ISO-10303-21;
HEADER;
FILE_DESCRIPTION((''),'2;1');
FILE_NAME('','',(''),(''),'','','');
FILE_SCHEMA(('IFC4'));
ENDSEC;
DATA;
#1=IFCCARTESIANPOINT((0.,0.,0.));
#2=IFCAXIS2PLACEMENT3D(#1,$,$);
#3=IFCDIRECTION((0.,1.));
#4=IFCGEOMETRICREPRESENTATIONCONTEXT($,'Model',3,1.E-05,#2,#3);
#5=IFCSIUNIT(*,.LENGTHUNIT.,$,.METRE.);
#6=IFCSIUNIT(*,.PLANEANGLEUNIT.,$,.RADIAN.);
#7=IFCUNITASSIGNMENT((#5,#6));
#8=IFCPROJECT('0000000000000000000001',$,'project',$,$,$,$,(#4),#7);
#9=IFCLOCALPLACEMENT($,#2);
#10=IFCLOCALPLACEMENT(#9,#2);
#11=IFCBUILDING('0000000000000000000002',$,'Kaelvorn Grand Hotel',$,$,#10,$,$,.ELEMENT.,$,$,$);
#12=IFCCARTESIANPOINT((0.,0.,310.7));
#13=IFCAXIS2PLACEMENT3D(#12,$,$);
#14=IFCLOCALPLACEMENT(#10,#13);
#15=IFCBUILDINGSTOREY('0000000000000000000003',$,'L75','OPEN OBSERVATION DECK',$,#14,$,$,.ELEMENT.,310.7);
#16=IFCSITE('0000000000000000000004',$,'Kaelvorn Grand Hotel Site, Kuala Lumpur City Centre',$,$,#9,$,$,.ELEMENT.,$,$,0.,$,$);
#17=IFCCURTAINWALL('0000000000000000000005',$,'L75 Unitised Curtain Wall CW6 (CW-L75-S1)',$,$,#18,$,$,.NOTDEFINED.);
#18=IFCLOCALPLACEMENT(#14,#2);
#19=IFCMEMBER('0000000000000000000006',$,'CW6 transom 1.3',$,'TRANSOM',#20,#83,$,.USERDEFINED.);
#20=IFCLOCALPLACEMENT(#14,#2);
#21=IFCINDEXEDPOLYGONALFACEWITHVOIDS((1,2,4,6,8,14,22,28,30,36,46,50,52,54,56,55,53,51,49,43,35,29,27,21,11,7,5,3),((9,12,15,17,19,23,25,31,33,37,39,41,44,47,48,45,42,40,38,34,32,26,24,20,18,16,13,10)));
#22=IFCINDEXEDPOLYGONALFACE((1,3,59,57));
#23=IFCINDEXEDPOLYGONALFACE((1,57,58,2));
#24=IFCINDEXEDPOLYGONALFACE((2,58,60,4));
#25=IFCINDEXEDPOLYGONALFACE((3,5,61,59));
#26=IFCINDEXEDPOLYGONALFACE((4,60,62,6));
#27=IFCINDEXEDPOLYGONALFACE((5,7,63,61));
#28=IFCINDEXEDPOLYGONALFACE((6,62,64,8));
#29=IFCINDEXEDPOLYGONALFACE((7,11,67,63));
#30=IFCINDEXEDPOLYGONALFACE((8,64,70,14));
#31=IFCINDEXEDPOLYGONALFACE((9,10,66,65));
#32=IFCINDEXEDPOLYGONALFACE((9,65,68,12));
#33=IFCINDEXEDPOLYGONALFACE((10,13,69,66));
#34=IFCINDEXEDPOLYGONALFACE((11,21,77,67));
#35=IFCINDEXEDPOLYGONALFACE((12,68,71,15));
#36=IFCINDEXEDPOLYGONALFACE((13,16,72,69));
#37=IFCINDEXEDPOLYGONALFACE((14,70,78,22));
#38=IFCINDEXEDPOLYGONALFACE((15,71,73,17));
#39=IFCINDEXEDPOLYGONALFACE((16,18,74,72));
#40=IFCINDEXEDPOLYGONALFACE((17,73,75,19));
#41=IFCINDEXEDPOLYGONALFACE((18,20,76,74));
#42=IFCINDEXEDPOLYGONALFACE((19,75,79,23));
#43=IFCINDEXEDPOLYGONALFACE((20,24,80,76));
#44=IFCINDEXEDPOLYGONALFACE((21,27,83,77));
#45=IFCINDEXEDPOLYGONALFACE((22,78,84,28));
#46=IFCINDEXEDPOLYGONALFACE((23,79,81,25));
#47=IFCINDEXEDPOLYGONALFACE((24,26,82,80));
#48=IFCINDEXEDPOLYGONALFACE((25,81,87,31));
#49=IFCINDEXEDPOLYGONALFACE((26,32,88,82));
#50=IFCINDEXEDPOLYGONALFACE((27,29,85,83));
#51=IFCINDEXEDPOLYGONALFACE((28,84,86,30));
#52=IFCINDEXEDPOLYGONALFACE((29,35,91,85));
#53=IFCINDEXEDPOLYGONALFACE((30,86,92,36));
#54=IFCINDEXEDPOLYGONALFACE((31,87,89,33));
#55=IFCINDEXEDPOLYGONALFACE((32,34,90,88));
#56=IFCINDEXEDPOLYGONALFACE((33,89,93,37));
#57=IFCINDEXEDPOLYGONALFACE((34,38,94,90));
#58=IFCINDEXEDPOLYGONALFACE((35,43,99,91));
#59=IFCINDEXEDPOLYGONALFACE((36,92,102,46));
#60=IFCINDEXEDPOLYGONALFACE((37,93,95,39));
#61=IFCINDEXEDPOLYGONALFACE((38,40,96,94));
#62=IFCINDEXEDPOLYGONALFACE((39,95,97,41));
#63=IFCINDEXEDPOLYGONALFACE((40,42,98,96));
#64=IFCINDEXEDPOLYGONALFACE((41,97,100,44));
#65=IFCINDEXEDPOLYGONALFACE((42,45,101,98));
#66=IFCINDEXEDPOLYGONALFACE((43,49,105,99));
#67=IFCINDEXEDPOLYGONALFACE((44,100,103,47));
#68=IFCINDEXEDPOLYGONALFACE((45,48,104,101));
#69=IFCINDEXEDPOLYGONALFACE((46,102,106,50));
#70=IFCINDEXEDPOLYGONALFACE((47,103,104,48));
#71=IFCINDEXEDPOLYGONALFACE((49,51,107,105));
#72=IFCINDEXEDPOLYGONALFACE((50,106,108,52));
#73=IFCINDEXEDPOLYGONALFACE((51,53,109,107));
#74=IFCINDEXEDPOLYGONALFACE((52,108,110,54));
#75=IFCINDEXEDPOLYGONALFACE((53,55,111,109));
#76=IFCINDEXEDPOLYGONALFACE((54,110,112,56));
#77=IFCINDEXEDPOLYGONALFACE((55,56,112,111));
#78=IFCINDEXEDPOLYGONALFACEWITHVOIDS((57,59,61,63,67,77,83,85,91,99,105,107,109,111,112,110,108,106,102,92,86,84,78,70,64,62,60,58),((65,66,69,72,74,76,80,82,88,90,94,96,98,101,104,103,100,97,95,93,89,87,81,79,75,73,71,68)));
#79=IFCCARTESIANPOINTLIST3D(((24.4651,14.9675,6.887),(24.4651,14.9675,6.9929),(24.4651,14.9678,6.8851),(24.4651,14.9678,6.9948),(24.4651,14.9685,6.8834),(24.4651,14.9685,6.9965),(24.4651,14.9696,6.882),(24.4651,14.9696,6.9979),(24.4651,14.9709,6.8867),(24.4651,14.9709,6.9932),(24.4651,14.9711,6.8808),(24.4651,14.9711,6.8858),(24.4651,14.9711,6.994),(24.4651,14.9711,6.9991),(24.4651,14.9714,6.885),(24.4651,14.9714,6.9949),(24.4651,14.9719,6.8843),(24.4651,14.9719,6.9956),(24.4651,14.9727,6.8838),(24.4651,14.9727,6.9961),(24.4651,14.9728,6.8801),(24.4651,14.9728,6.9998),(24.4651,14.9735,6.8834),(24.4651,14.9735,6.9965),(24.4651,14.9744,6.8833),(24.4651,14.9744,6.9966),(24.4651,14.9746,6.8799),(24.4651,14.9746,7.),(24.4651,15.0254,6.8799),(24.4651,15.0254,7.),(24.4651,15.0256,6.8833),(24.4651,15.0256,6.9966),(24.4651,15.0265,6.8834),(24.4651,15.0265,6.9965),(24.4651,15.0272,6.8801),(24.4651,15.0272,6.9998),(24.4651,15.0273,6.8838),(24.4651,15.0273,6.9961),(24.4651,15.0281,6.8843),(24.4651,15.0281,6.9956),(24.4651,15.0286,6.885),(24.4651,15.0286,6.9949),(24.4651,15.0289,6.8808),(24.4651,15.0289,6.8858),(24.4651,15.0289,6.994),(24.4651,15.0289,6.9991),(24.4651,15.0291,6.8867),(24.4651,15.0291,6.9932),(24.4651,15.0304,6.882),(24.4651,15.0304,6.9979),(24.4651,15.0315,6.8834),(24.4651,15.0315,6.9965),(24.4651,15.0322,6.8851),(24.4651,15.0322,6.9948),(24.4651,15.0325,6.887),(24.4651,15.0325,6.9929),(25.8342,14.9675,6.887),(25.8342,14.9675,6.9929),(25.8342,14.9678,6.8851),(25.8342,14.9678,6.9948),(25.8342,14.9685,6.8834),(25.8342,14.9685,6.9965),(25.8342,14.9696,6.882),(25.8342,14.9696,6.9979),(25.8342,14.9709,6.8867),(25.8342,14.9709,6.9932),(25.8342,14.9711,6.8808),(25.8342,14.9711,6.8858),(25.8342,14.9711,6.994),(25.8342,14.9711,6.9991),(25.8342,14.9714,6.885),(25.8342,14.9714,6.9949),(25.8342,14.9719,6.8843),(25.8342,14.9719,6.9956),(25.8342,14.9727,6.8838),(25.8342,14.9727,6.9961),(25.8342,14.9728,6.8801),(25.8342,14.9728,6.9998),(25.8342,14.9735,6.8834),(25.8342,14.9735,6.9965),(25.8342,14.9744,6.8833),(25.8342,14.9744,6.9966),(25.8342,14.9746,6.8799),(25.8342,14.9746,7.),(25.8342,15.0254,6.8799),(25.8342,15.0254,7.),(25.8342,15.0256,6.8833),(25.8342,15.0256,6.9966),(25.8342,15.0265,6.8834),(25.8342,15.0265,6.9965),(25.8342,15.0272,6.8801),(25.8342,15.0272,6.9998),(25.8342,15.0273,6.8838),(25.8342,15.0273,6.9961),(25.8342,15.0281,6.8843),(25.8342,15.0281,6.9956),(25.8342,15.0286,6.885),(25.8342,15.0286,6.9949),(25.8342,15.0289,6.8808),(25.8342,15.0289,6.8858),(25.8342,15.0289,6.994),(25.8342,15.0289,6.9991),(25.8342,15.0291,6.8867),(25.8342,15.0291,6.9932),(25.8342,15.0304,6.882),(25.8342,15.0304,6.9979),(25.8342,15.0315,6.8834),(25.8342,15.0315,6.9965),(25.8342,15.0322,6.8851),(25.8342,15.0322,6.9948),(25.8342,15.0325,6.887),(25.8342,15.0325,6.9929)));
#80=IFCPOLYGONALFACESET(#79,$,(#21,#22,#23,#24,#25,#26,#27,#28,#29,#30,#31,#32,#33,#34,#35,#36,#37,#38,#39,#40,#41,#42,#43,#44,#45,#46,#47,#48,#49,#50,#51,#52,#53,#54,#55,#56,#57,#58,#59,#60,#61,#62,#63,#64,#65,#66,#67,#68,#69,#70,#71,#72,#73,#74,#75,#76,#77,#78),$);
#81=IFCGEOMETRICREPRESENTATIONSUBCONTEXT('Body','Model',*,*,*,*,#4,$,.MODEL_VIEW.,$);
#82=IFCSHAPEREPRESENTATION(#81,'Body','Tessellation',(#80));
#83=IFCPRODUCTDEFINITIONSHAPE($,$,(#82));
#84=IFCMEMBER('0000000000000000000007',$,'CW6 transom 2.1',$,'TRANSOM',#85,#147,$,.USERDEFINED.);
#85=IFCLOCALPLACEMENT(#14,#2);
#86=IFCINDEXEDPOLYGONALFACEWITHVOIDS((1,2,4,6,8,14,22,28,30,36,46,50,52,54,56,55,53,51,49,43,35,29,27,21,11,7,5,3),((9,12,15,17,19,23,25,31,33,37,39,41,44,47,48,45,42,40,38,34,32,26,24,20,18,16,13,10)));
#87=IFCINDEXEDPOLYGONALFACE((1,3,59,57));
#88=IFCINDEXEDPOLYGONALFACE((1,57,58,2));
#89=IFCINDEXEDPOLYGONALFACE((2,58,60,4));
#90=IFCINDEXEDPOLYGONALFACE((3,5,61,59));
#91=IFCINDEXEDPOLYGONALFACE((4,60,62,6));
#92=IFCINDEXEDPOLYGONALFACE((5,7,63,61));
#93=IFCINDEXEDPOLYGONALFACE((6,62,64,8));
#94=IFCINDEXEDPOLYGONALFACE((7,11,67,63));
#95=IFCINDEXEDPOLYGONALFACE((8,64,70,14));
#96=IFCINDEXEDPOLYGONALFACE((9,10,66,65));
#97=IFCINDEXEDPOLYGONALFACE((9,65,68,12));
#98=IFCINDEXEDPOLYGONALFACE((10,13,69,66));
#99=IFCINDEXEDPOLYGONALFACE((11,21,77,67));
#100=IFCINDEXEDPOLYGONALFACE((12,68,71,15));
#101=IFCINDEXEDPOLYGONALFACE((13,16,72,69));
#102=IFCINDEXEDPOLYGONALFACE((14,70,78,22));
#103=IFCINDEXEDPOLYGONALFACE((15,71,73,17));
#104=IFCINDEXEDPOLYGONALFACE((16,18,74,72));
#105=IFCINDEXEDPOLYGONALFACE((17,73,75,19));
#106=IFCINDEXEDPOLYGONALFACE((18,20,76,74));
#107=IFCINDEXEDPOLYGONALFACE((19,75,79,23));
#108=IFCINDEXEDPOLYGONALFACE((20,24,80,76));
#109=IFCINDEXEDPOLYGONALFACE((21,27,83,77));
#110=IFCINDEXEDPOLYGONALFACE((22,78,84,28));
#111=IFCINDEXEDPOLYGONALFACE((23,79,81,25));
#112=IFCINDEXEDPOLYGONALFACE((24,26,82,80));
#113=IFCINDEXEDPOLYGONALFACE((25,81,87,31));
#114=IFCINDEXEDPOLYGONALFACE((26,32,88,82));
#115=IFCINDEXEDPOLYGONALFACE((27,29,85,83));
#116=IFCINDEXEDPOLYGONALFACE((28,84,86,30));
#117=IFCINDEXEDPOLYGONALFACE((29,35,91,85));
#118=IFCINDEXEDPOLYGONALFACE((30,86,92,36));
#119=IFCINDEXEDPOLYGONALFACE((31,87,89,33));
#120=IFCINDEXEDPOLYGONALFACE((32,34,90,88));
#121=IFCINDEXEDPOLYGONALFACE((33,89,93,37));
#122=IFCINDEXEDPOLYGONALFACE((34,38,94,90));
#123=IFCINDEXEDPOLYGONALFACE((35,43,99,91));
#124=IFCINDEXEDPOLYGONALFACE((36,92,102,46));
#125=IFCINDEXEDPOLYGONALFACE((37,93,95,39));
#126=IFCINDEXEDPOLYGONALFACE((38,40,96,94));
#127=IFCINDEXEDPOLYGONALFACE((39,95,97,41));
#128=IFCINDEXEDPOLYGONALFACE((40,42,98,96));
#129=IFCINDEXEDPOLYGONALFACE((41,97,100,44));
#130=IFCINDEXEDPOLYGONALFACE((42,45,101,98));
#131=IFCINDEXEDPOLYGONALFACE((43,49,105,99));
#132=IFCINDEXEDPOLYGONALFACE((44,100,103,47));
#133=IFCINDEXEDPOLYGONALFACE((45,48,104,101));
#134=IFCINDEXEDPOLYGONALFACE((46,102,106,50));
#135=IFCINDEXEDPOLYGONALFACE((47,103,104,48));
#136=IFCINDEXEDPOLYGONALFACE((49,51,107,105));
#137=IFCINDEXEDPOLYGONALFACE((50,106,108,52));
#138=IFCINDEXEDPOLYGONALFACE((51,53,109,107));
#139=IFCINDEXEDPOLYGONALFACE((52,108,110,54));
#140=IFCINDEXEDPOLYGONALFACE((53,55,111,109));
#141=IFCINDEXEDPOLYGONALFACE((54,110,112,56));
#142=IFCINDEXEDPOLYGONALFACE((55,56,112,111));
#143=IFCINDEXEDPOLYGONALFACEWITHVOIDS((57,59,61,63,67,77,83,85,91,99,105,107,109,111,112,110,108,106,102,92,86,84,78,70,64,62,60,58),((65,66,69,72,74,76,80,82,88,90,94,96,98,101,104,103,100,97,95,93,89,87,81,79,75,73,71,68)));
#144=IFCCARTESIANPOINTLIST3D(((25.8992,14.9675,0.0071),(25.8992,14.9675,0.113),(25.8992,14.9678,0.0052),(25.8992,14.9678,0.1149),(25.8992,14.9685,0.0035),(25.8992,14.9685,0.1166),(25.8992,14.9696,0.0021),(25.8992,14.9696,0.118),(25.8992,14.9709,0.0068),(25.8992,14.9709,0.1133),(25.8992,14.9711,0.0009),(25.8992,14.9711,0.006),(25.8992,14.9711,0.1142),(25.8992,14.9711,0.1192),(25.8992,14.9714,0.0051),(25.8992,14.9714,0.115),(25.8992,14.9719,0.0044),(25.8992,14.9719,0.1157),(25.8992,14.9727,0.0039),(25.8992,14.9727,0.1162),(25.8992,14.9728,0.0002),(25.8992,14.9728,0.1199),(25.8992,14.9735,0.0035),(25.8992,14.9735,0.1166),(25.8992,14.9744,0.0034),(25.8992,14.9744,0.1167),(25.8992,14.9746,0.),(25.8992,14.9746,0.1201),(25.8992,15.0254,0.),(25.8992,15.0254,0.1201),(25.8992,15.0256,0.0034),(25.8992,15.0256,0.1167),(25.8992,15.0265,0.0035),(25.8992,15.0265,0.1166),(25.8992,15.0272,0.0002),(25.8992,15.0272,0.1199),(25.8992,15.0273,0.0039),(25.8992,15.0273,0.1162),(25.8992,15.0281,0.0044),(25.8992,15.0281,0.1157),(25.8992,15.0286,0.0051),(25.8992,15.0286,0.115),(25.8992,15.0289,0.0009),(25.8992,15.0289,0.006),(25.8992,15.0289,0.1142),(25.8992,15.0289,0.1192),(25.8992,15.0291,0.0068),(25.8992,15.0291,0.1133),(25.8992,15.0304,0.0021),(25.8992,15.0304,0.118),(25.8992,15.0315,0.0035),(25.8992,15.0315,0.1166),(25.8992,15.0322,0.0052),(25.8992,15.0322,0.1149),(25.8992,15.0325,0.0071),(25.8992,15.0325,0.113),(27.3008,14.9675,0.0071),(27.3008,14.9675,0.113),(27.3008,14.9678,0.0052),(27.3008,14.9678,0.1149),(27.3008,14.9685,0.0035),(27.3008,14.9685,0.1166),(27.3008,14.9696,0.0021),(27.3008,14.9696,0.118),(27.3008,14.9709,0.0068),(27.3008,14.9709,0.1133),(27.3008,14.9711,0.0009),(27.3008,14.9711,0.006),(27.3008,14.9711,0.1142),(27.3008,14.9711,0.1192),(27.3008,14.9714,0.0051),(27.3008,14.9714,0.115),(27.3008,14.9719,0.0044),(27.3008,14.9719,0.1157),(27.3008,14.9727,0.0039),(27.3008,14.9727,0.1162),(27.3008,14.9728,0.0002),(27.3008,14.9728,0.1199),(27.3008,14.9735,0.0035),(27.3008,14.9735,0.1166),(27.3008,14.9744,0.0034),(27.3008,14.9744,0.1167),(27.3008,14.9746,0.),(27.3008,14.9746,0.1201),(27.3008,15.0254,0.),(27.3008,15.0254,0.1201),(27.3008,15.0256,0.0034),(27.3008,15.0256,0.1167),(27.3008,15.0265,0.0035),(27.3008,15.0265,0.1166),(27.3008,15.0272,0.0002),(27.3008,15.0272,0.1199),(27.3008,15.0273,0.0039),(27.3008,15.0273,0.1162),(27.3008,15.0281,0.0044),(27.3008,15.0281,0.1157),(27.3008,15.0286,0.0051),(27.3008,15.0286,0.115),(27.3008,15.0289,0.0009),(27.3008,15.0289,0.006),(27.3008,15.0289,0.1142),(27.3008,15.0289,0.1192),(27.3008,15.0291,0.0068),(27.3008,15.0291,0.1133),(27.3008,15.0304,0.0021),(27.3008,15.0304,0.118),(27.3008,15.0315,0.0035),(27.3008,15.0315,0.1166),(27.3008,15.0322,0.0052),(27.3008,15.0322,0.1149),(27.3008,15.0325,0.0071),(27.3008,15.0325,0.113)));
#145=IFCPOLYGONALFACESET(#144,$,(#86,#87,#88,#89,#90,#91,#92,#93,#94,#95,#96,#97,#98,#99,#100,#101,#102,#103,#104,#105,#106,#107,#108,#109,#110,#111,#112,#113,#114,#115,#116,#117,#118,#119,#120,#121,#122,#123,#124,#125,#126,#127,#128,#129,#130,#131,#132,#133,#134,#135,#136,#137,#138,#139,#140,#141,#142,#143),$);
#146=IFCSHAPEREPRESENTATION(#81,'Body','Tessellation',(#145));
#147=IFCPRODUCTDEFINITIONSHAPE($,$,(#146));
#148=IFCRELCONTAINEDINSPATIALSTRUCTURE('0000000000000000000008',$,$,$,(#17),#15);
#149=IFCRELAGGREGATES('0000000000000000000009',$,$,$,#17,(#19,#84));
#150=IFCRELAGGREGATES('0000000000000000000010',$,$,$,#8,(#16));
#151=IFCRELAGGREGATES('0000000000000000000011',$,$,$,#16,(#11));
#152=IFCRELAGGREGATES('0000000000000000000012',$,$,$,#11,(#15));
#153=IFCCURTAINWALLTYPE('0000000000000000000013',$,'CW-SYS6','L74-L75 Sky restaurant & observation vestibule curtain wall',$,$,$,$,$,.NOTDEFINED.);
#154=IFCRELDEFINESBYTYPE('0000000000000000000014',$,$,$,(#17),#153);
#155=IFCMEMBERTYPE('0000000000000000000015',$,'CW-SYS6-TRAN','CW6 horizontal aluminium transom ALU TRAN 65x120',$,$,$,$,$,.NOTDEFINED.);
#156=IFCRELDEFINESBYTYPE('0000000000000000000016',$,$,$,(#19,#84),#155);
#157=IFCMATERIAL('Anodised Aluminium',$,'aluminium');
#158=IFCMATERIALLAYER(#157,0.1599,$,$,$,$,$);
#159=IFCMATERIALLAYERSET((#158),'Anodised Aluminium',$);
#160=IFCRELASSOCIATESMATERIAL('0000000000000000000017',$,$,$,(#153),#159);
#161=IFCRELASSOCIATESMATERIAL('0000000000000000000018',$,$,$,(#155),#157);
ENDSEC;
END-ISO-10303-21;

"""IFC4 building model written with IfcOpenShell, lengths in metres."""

from ifc_helpers import new_model, si_unit, direction, frame, origin, origin_2d, place, context, subcontext, project, spatial, hollow_rectangle, extrude, material, layer, layer_set, material_profile, profile_set, type_object, element, aggregate, save


model = new_model("IFC4")

# Units and contexts
model_context = context("Model", 3, precision=1e-05, world=origin(), true_north=direction((0.0, 1.0)))
body_context = subcontext(model_context, "Body", "Model", "MODEL_VIEW")
ifc_project = project(units=[si_unit("LENGTHUNIT", "METRE"), si_unit("PLANEANGLEUNIT", "RADIAN")], contexts=[model_context])

# Site, building, storey
site_placement = place(None, origin())
site = spatial("IfcSite", under=ifc_project, at=site_placement, Name="Kaelvorn Grand Hotel Site, Kuala Lumpur City Centre", CompositionType="ELEMENT", RefElevation=0.0)
building_placement = place(site_placement, origin())
building = spatial("IfcBuilding", under=site, at=building_placement, Name="Kaelvorn Grand Hotel", CompositionType="ELEMENT")
storey_placement = place(building_placement, frame((0.0, 0.0, 310.7)))
storey = spatial("IfcBuildingStorey", under=building, at=storey_placement, Name="L75", Description="OPEN OBSERVATION DECK", CompositionType="ELEMENT", Elevation=310.7)

# Curtain wall
ifc_material_1 = material(Name="Anodised Aluminium", Category="aluminium")
ifc_layer_1 = layer(ifc_material_1, 0.1599)
ifc_layer_set_1 = layer_set([ifc_layer_1], Name="Anodised Aluminium")
curtain_wall_type = type_object("IfcCurtainWallType", Name="CW-SYS6", Description="L74-L75 Sky restaurant & observation vestibule curtain wall", PredefinedType="NOTDEFINED", material=ifc_layer_set_1)
curtain_wall_1_placement = place(storey_placement, origin())
curtain_wall_1 = element("IfcCurtainWall", 1, at=curtain_wall_1_placement, inside=storey, type_object=curtain_wall_type, Name="L75 Unitised Curtain Wall CW6 (CW-L75-S1)", PredefinedType="NOTDEFINED")

# Members
ifc_material_profile_1 = material_profile(ifc_material_1, hollow_rectangle(XDim=0.0649, YDim=0.1201, WallThickness=0.0034, InnerFilletRadius=0.0034, OuterFilletRadius=0.0071, at=origin_2d()), Name="ALU TRAN 65x120")
ifc_profile_set_1 = profile_set([ifc_material_profile_1], Name="Anodised Aluminium")
member_type_1 = type_object("IfcMemberType", Name="CW-SYS6-TRAN", Description="CW6 horizontal aluminium transom ALU TRAN 65x120", PredefinedType="NOTDEFINED", material=ifc_profile_set_1)
member_1_placement = place(storey_placement, frame((24.4651, 15.0, 6.9399), z_axis=(1.0, 0.0, 0.0), x_axis=(0.0, 1.0, 0.0)))
member_1 = element("IfcMember", 2, at=member_1_placement, type_object=member_type_1, Name="CW6 transom 1.3", ObjectType="TRANSOM", PredefinedType="USERDEFINED", context=body_context, shape_type="SweptSolid", body=[
    extrude(hollow_rectangle(XDim=0.0649, YDim=0.1201, WallThickness=0.0034, InnerFilletRadius=0.0034, OuterFilletRadius=0.0071, at=origin_2d()), origin(), (0.0, 0.0, 1.0), 1.3691),
])
member_2_placement = place(storey_placement, frame((25.8992, 15.0, 0.0601), z_axis=(1.0, 0.0, 0.0), x_axis=(0.0, 1.0, 0.0)))
member_2 = element("IfcMember", 3, at=member_2_placement, type_object=member_type_1, Name="CW6 transom 2.1", ObjectType="TRANSOM", PredefinedType="USERDEFINED", context=body_context, shape_type="SweptSolid", body=[
    extrude(hollow_rectangle(XDim=0.0649, YDim=0.1201, WallThickness=0.0034, InnerFilletRadius=0.0034, OuterFilletRadius=0.0071, at=origin_2d()), origin(), (0.0, 0.0, 1.0), 1.4016),
])

aggregate(curtain_wall_1, [member_1, member_2])

save(model, "model.ifc")
